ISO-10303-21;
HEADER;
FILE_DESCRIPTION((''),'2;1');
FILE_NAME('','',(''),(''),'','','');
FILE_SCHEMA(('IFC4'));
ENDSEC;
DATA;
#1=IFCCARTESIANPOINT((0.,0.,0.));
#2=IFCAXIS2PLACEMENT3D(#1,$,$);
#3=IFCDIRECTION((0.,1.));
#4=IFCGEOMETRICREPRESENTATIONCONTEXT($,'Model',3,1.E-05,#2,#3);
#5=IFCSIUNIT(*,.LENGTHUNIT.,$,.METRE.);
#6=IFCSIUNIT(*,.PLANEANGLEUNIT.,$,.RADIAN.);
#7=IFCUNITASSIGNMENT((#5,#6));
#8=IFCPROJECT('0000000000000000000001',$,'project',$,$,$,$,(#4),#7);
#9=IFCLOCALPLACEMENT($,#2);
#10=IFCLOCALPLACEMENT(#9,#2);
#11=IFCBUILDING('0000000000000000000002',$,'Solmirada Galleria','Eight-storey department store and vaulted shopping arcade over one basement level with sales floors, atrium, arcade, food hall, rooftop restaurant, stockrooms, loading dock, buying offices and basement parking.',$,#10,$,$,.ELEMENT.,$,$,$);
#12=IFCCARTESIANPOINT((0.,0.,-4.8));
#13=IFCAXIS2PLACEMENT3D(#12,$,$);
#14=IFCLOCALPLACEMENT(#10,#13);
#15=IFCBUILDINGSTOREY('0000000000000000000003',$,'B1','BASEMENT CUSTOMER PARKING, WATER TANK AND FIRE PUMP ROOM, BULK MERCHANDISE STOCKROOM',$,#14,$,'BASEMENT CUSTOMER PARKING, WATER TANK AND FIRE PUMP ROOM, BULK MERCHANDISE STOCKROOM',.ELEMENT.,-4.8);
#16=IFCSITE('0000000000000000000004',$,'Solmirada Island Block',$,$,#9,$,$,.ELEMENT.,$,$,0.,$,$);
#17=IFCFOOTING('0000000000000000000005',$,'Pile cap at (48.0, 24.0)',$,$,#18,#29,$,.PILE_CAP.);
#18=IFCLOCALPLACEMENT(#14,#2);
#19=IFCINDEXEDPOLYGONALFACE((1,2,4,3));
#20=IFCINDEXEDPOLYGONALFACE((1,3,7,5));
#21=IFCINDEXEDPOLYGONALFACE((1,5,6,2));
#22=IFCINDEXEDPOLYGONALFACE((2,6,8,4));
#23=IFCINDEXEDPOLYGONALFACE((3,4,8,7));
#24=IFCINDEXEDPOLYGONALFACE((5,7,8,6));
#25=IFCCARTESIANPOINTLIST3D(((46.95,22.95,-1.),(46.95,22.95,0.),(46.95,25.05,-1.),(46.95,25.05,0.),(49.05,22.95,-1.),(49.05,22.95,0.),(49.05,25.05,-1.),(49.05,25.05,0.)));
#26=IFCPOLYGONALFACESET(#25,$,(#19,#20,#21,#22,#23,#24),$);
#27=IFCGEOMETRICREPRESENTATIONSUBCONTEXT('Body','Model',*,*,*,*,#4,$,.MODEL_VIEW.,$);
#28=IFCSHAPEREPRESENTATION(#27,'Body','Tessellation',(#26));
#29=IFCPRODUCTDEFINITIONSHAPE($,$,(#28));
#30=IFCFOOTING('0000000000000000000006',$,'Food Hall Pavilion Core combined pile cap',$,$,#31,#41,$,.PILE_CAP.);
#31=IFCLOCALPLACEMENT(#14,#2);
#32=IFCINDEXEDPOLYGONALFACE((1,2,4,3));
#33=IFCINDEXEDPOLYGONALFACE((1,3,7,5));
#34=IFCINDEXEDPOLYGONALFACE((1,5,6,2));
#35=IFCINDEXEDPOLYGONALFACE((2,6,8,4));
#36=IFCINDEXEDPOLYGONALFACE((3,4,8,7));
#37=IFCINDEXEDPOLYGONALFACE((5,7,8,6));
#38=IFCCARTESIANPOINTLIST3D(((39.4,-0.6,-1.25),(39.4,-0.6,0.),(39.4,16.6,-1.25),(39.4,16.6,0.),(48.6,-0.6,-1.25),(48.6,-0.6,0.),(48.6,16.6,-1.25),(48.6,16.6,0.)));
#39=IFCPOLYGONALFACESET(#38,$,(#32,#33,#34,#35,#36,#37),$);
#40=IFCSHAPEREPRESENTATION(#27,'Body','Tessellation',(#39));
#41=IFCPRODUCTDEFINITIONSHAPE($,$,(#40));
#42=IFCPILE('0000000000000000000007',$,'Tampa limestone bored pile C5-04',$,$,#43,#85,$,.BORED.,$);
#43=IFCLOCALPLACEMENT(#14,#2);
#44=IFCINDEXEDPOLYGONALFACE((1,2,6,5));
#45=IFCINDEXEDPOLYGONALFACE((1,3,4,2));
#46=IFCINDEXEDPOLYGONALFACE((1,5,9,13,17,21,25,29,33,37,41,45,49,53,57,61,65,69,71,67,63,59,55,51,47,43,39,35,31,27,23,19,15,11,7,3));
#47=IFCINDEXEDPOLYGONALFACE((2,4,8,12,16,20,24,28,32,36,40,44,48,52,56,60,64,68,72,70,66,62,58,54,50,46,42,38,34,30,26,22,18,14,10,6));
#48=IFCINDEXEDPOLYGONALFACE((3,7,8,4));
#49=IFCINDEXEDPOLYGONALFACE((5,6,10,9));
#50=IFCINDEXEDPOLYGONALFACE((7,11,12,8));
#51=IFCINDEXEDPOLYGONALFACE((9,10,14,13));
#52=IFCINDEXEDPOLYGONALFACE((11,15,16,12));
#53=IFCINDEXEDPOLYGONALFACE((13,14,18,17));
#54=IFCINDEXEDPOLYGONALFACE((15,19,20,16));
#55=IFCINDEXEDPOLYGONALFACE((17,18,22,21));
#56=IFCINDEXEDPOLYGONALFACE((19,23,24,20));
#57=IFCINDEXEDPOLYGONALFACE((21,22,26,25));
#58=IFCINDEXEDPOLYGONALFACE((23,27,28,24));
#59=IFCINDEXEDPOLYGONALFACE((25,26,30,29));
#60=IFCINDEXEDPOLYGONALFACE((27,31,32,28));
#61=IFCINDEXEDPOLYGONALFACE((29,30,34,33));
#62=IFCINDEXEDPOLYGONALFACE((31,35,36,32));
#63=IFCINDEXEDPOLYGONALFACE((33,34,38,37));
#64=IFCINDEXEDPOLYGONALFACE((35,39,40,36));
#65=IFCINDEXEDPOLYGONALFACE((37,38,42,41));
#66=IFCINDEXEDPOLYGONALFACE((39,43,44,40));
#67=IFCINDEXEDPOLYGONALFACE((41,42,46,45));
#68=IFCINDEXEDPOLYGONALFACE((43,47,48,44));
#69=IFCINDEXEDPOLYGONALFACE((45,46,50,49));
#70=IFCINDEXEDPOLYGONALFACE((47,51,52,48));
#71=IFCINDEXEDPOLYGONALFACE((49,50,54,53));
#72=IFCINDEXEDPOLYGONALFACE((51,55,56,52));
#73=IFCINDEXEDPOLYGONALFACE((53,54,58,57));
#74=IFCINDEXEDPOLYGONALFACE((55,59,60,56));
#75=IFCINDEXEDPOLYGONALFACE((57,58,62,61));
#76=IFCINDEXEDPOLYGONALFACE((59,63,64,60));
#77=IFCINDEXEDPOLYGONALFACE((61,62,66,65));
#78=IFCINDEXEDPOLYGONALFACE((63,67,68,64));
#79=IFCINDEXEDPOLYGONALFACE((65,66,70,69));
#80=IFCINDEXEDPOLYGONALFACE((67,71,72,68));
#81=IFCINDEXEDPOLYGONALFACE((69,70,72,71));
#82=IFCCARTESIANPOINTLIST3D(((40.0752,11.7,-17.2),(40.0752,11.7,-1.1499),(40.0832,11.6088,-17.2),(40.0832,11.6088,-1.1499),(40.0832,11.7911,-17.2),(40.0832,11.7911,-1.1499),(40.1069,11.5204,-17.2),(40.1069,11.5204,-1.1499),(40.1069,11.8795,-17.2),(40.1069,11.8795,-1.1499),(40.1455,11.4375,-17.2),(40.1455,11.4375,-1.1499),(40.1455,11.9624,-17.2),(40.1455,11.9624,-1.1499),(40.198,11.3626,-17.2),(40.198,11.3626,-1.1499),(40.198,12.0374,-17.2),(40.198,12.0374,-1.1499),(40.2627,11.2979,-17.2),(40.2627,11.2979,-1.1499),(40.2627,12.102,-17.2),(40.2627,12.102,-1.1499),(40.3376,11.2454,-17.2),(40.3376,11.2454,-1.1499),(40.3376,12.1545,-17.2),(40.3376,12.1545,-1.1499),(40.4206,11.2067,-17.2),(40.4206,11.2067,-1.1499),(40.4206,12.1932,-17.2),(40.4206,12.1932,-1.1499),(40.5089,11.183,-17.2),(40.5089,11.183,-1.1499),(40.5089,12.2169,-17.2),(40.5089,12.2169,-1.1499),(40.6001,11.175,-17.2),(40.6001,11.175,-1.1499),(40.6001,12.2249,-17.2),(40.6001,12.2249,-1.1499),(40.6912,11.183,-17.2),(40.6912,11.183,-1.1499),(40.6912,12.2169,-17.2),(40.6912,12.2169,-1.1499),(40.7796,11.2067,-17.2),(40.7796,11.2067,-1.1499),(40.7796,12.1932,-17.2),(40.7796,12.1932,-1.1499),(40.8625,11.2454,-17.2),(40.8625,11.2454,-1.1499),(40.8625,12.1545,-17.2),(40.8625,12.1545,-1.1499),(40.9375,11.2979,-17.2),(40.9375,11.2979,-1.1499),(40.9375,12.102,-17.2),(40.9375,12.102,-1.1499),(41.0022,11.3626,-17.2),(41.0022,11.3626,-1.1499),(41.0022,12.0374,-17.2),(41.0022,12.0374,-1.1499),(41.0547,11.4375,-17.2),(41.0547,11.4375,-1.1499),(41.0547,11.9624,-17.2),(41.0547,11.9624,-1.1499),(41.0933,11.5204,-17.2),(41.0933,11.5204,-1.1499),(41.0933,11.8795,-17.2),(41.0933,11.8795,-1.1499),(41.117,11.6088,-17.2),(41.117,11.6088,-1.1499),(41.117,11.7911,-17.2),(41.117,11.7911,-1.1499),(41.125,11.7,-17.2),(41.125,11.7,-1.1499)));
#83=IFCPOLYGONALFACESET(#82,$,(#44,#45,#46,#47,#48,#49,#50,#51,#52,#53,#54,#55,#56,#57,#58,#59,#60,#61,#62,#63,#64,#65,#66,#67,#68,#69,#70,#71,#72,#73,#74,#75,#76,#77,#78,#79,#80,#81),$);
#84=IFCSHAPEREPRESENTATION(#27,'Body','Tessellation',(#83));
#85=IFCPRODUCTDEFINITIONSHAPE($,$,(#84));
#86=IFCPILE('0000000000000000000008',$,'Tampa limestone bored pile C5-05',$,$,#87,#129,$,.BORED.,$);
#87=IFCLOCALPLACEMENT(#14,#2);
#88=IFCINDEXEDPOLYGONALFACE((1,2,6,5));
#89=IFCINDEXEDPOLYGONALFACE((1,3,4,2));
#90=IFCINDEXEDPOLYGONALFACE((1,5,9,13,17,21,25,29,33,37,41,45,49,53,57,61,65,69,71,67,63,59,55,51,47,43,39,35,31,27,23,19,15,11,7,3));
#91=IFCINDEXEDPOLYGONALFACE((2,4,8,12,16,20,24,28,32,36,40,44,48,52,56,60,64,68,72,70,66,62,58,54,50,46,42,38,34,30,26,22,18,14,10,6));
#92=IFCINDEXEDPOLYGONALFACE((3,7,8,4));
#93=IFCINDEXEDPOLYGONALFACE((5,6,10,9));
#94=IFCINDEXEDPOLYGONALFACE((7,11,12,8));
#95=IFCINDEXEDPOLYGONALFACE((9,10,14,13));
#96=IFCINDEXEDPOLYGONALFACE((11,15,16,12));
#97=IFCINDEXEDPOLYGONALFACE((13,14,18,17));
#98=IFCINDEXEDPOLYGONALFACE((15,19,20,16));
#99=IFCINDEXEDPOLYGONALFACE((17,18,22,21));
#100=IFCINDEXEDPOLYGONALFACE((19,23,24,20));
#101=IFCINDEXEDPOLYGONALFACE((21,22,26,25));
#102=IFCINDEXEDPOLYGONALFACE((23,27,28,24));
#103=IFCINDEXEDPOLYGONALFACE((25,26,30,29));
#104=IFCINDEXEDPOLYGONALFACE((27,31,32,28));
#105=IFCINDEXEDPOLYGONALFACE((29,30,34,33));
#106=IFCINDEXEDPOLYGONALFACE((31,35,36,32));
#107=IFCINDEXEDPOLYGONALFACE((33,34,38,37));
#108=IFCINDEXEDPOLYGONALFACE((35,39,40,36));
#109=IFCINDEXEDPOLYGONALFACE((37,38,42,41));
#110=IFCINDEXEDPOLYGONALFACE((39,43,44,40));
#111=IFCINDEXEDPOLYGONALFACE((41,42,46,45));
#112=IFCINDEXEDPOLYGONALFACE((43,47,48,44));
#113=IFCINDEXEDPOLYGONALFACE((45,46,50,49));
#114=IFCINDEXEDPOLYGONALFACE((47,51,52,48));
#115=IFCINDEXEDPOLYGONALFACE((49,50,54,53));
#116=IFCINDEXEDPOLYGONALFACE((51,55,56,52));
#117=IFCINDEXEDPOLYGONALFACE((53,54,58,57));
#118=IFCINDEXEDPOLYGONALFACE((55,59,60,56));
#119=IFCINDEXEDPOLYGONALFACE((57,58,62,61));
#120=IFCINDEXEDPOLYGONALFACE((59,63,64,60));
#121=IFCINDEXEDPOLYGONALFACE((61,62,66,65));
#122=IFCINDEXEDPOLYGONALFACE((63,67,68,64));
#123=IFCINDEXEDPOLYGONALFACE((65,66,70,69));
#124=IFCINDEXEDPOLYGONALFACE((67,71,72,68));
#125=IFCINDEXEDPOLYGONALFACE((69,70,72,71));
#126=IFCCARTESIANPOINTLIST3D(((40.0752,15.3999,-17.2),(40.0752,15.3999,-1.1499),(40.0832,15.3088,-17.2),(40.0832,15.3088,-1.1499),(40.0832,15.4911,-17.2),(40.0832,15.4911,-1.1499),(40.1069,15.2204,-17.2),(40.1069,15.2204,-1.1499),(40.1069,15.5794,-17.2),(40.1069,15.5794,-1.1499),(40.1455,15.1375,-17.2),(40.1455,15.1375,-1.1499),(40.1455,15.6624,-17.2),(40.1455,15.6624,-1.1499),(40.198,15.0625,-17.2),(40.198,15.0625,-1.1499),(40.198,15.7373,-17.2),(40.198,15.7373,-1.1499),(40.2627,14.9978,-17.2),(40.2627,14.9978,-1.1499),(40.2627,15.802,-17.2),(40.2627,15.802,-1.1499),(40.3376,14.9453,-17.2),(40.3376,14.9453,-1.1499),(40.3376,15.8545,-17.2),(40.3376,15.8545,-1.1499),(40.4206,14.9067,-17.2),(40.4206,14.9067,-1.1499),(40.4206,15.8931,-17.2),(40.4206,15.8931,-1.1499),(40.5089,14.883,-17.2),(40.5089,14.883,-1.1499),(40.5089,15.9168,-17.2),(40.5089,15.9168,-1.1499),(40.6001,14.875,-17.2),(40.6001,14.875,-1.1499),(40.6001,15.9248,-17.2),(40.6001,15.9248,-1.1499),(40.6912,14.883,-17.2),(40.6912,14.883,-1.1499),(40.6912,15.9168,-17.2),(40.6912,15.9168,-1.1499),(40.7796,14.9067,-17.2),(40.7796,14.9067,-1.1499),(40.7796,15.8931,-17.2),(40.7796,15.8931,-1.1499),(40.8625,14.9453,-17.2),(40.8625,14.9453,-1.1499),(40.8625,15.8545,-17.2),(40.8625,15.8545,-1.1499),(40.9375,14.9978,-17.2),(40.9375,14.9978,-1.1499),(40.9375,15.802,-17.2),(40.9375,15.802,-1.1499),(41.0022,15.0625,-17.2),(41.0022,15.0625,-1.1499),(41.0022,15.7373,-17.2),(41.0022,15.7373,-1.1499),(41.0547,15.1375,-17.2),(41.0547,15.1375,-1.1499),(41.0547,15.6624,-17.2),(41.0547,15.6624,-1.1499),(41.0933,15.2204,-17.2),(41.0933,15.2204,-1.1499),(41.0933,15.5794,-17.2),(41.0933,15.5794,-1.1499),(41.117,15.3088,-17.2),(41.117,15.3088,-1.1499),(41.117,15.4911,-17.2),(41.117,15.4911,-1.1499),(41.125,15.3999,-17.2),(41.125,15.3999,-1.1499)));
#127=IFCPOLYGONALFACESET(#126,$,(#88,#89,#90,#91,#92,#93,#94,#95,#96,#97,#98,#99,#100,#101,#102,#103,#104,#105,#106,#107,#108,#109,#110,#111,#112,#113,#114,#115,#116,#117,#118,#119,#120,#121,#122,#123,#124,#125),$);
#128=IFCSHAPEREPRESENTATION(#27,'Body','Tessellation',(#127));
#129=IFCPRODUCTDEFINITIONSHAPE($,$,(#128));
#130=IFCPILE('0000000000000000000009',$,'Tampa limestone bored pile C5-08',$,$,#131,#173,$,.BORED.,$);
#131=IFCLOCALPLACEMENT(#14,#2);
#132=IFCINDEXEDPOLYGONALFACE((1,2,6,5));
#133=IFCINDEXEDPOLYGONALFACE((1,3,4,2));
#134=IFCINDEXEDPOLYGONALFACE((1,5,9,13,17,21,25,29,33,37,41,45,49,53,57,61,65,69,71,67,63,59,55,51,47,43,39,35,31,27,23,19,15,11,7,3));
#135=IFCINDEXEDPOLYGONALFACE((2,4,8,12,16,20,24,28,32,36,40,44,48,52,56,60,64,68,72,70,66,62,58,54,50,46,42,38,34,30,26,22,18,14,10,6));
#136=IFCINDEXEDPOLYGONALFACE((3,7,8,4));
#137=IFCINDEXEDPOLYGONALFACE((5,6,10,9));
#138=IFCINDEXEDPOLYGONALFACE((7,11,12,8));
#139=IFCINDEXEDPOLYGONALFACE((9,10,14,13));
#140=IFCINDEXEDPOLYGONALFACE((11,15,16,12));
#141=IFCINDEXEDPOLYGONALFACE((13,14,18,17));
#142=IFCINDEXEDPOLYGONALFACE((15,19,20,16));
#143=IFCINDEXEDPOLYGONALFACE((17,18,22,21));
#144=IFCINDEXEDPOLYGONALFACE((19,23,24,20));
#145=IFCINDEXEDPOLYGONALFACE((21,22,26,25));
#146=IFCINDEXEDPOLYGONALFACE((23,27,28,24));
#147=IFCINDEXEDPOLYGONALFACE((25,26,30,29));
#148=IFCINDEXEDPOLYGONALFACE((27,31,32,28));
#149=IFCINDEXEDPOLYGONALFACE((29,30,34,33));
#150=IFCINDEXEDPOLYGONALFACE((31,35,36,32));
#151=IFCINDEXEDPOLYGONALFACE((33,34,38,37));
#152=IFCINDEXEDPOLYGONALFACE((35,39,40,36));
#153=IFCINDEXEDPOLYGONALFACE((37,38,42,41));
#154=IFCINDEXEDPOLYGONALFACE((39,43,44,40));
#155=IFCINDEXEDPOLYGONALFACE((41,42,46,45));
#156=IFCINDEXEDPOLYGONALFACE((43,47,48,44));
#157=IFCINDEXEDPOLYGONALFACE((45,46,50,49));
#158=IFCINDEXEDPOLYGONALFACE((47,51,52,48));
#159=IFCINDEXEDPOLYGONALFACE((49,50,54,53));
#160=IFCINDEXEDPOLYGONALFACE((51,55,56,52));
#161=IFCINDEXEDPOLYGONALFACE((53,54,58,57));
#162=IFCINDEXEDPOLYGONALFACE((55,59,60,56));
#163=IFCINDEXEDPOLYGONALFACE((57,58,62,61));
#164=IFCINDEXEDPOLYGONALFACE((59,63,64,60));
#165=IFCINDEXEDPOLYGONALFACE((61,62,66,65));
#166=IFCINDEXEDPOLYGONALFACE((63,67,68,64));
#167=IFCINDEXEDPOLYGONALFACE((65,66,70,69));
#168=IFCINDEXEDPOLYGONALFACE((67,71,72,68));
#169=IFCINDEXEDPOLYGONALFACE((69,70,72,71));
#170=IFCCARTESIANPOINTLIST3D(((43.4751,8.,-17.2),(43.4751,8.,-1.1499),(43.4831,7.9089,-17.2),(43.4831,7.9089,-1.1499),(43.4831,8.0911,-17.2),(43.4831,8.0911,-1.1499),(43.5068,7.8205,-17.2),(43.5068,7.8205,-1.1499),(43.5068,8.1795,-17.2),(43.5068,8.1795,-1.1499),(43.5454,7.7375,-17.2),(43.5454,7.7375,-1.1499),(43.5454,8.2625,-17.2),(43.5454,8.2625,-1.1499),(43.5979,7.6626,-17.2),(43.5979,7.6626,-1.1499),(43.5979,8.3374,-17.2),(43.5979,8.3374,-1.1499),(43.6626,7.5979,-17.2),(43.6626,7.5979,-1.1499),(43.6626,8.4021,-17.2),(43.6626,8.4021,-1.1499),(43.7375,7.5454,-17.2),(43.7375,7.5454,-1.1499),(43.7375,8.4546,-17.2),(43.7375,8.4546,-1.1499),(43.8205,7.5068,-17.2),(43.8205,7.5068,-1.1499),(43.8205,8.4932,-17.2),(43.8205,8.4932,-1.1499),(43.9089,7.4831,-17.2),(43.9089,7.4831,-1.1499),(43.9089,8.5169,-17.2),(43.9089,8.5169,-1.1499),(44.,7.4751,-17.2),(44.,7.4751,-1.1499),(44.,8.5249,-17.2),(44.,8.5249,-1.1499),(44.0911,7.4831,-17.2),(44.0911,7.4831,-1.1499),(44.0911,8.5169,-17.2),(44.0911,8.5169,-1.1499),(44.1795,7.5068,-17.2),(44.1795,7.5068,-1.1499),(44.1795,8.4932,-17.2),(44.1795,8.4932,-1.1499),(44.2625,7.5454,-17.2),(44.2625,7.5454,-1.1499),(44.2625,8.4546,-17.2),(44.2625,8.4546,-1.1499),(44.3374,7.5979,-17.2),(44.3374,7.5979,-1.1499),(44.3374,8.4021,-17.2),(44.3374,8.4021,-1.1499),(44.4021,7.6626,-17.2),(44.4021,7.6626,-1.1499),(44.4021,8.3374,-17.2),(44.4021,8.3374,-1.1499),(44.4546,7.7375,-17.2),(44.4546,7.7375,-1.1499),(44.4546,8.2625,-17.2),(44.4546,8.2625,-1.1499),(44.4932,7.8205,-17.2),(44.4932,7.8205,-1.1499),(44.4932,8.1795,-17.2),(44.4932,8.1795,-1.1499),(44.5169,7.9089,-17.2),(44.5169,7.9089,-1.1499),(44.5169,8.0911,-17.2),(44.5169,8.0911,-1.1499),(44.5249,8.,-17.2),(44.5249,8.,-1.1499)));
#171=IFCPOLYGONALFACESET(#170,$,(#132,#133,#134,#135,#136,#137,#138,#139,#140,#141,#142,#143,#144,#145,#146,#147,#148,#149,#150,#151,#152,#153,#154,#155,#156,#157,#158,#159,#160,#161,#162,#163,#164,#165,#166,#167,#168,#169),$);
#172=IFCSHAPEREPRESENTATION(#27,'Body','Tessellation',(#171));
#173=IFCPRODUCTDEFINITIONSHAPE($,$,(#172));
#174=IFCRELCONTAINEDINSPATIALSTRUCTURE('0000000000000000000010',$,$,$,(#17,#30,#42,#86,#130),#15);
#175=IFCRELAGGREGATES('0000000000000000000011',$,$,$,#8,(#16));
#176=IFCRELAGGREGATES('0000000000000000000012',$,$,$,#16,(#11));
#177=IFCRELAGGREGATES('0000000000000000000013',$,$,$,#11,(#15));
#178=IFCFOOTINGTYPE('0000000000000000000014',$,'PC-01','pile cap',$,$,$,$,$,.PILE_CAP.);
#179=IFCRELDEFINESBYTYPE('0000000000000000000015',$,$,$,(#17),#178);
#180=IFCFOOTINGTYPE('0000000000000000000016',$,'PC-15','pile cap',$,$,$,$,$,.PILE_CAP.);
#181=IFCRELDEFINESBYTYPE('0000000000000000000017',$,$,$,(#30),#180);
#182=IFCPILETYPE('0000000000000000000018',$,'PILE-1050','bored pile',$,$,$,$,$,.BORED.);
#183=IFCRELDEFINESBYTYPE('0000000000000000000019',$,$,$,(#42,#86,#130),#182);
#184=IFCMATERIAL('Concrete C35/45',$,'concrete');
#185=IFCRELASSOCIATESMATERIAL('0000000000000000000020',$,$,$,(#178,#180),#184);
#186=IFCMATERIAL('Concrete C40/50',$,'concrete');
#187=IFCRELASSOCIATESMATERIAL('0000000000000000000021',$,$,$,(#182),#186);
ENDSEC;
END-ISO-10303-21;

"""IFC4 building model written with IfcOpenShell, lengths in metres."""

from ifc_helpers import new_model, si_unit, direction, frame, origin, origin_2d, place, context, subcontext, project, spatial, rectangle, circle, extrude, material, material_profile, profile_set, type_object, element, save


model = new_model("IFC4")

# Units and contexts
model_context = context("Model", 3, precision=1e-05, world=origin(), true_north=direction((0.0, 1.0)))
body_context = subcontext(model_context, "Body", "Model", "MODEL_VIEW")
ifc_project = project(units=[si_unit("LENGTHUNIT", "METRE"), si_unit("PLANEANGLEUNIT", "RADIAN")], contexts=[model_context])

# Site, building, storey
site_placement = place(None, origin())
site = spatial("IfcSite", under=ifc_project, at=site_placement, Name="Solmirada Island Block", CompositionType="ELEMENT", RefElevation=0.0)
building_placement = place(site_placement, origin())
building = spatial("IfcBuilding", under=site, at=building_placement, Name="Solmirada Galleria", Description="Eight-storey department store and vaulted shopping arcade over one basement level with sales floors, atrium, arcade, food hall, rooftop restaurant, stockrooms, loading dock, buying offices and basement parking.", CompositionType="ELEMENT")
storey_placement = place(building_placement, frame((0.0, 0.0, -4.8)))
storey = spatial("IfcBuildingStorey", under=building, at=storey_placement, Name="B1", Description="BASEMENT CUSTOMER PARKING, WATER TANK AND FIRE PUMP ROOM, BULK MERCHANDISE STOCKROOM", LongName="BASEMENT CUSTOMER PARKING, WATER TANK AND FIRE PUMP ROOM, BULK MERCHANDISE STOCKROOM", CompositionType="ELEMENT", Elevation=-4.8)

# Footings
ifc_material_1 = material(Name="Concrete C35/45", Category="concrete")
footing_type_1 = type_object("IfcFootingType", Name="PC-01", Description="pile cap", PredefinedType="PILE_CAP", material=ifc_material_1)
footing_1_placement = place(storey_placement, frame((48.0, 24.0, -1.0), z_axis=(0.0, 0.0, 1.0), x_axis=(1.0, 0.0, 0.0)))
element("IfcFooting", 1, at=footing_1_placement, inside=storey, type_object=footing_type_1, Name="Pile cap at (48.0, 24.0)", PredefinedType="PILE_CAP", context=body_context, shape_type="SweptSolid", body=[
    extrude(rectangle(XDim=2.1001, YDim=2.1001, at=origin_2d()), origin(), (0.0, 0.0, 1.0), 1.0),
])
footing_type_2 = type_object("IfcFootingType", Name="PC-15", Description="pile cap", PredefinedType="PILE_CAP", material=ifc_material_1)
footing_2_placement = place(storey_placement, frame((44.0, 8.0, -1.25), z_axis=(0.0, 0.0, 1.0), x_axis=(1.0, 0.0, 0.0)))
element("IfcFooting", 2, at=footing_2_placement, inside=storey, type_object=footing_type_2, Name="Food Hall Pavilion Core combined pile cap", PredefinedType="PILE_CAP", context=body_context, shape_type="SweptSolid", body=[
    extrude(rectangle(XDim=9.2, YDim=17.2, at=origin_2d()), origin(), (0.0, 0.0, 1.0), 1.25),
])

# Piles
ifc_material_2 = material(Name="Concrete C40/50", Category="concrete")
ifc_material_profile_1 = material_profile(ifc_material_2, circle(Radius=0.5249, at=origin_2d()), Name="PILE1050")
ifc_profile_set_1 = profile_set([ifc_material_profile_1], Name="Concrete C40/50")
pile_type_1 = type_object("IfcPileType", Name="PILE-1050", Description="bored pile", PredefinedType="BORED", material=ifc_profile_set_1)
for number, where, z_axis, x_axis, name in (
    (3, (40.6001, 11.7, -1.1499), (0.0, 0.0, -1.0), (1.0, 0.0, 0.0), "Tampa limestone bored pile C5-04"),
    (4, (40.6001, 15.3999, -1.1499), (0.0, 0.0, -1.0), (1.0, 0.0, 0.0), "Tampa limestone bored pile C5-05"),
    (5, (44.0, 8.0, -1.1499), (0.0, 0.0, -1.0), (1.0, 0.0, 0.0), "Tampa limestone bored pile C5-08"),
):
    element("IfcPile", number, at=place(storey_placement, frame(where, z_axis=z_axis, x_axis=x_axis)), inside=storey, type_object=pile_type_1, Name=name, PredefinedType="BORED", context=body_context, shape_type="SweptSolid", body=[
        extrude(circle(Radius=0.5249, at=origin_2d()), origin(), (0.0, 0.0, 1.0), 16.05),
    ])

save(model, "model.ifc")
